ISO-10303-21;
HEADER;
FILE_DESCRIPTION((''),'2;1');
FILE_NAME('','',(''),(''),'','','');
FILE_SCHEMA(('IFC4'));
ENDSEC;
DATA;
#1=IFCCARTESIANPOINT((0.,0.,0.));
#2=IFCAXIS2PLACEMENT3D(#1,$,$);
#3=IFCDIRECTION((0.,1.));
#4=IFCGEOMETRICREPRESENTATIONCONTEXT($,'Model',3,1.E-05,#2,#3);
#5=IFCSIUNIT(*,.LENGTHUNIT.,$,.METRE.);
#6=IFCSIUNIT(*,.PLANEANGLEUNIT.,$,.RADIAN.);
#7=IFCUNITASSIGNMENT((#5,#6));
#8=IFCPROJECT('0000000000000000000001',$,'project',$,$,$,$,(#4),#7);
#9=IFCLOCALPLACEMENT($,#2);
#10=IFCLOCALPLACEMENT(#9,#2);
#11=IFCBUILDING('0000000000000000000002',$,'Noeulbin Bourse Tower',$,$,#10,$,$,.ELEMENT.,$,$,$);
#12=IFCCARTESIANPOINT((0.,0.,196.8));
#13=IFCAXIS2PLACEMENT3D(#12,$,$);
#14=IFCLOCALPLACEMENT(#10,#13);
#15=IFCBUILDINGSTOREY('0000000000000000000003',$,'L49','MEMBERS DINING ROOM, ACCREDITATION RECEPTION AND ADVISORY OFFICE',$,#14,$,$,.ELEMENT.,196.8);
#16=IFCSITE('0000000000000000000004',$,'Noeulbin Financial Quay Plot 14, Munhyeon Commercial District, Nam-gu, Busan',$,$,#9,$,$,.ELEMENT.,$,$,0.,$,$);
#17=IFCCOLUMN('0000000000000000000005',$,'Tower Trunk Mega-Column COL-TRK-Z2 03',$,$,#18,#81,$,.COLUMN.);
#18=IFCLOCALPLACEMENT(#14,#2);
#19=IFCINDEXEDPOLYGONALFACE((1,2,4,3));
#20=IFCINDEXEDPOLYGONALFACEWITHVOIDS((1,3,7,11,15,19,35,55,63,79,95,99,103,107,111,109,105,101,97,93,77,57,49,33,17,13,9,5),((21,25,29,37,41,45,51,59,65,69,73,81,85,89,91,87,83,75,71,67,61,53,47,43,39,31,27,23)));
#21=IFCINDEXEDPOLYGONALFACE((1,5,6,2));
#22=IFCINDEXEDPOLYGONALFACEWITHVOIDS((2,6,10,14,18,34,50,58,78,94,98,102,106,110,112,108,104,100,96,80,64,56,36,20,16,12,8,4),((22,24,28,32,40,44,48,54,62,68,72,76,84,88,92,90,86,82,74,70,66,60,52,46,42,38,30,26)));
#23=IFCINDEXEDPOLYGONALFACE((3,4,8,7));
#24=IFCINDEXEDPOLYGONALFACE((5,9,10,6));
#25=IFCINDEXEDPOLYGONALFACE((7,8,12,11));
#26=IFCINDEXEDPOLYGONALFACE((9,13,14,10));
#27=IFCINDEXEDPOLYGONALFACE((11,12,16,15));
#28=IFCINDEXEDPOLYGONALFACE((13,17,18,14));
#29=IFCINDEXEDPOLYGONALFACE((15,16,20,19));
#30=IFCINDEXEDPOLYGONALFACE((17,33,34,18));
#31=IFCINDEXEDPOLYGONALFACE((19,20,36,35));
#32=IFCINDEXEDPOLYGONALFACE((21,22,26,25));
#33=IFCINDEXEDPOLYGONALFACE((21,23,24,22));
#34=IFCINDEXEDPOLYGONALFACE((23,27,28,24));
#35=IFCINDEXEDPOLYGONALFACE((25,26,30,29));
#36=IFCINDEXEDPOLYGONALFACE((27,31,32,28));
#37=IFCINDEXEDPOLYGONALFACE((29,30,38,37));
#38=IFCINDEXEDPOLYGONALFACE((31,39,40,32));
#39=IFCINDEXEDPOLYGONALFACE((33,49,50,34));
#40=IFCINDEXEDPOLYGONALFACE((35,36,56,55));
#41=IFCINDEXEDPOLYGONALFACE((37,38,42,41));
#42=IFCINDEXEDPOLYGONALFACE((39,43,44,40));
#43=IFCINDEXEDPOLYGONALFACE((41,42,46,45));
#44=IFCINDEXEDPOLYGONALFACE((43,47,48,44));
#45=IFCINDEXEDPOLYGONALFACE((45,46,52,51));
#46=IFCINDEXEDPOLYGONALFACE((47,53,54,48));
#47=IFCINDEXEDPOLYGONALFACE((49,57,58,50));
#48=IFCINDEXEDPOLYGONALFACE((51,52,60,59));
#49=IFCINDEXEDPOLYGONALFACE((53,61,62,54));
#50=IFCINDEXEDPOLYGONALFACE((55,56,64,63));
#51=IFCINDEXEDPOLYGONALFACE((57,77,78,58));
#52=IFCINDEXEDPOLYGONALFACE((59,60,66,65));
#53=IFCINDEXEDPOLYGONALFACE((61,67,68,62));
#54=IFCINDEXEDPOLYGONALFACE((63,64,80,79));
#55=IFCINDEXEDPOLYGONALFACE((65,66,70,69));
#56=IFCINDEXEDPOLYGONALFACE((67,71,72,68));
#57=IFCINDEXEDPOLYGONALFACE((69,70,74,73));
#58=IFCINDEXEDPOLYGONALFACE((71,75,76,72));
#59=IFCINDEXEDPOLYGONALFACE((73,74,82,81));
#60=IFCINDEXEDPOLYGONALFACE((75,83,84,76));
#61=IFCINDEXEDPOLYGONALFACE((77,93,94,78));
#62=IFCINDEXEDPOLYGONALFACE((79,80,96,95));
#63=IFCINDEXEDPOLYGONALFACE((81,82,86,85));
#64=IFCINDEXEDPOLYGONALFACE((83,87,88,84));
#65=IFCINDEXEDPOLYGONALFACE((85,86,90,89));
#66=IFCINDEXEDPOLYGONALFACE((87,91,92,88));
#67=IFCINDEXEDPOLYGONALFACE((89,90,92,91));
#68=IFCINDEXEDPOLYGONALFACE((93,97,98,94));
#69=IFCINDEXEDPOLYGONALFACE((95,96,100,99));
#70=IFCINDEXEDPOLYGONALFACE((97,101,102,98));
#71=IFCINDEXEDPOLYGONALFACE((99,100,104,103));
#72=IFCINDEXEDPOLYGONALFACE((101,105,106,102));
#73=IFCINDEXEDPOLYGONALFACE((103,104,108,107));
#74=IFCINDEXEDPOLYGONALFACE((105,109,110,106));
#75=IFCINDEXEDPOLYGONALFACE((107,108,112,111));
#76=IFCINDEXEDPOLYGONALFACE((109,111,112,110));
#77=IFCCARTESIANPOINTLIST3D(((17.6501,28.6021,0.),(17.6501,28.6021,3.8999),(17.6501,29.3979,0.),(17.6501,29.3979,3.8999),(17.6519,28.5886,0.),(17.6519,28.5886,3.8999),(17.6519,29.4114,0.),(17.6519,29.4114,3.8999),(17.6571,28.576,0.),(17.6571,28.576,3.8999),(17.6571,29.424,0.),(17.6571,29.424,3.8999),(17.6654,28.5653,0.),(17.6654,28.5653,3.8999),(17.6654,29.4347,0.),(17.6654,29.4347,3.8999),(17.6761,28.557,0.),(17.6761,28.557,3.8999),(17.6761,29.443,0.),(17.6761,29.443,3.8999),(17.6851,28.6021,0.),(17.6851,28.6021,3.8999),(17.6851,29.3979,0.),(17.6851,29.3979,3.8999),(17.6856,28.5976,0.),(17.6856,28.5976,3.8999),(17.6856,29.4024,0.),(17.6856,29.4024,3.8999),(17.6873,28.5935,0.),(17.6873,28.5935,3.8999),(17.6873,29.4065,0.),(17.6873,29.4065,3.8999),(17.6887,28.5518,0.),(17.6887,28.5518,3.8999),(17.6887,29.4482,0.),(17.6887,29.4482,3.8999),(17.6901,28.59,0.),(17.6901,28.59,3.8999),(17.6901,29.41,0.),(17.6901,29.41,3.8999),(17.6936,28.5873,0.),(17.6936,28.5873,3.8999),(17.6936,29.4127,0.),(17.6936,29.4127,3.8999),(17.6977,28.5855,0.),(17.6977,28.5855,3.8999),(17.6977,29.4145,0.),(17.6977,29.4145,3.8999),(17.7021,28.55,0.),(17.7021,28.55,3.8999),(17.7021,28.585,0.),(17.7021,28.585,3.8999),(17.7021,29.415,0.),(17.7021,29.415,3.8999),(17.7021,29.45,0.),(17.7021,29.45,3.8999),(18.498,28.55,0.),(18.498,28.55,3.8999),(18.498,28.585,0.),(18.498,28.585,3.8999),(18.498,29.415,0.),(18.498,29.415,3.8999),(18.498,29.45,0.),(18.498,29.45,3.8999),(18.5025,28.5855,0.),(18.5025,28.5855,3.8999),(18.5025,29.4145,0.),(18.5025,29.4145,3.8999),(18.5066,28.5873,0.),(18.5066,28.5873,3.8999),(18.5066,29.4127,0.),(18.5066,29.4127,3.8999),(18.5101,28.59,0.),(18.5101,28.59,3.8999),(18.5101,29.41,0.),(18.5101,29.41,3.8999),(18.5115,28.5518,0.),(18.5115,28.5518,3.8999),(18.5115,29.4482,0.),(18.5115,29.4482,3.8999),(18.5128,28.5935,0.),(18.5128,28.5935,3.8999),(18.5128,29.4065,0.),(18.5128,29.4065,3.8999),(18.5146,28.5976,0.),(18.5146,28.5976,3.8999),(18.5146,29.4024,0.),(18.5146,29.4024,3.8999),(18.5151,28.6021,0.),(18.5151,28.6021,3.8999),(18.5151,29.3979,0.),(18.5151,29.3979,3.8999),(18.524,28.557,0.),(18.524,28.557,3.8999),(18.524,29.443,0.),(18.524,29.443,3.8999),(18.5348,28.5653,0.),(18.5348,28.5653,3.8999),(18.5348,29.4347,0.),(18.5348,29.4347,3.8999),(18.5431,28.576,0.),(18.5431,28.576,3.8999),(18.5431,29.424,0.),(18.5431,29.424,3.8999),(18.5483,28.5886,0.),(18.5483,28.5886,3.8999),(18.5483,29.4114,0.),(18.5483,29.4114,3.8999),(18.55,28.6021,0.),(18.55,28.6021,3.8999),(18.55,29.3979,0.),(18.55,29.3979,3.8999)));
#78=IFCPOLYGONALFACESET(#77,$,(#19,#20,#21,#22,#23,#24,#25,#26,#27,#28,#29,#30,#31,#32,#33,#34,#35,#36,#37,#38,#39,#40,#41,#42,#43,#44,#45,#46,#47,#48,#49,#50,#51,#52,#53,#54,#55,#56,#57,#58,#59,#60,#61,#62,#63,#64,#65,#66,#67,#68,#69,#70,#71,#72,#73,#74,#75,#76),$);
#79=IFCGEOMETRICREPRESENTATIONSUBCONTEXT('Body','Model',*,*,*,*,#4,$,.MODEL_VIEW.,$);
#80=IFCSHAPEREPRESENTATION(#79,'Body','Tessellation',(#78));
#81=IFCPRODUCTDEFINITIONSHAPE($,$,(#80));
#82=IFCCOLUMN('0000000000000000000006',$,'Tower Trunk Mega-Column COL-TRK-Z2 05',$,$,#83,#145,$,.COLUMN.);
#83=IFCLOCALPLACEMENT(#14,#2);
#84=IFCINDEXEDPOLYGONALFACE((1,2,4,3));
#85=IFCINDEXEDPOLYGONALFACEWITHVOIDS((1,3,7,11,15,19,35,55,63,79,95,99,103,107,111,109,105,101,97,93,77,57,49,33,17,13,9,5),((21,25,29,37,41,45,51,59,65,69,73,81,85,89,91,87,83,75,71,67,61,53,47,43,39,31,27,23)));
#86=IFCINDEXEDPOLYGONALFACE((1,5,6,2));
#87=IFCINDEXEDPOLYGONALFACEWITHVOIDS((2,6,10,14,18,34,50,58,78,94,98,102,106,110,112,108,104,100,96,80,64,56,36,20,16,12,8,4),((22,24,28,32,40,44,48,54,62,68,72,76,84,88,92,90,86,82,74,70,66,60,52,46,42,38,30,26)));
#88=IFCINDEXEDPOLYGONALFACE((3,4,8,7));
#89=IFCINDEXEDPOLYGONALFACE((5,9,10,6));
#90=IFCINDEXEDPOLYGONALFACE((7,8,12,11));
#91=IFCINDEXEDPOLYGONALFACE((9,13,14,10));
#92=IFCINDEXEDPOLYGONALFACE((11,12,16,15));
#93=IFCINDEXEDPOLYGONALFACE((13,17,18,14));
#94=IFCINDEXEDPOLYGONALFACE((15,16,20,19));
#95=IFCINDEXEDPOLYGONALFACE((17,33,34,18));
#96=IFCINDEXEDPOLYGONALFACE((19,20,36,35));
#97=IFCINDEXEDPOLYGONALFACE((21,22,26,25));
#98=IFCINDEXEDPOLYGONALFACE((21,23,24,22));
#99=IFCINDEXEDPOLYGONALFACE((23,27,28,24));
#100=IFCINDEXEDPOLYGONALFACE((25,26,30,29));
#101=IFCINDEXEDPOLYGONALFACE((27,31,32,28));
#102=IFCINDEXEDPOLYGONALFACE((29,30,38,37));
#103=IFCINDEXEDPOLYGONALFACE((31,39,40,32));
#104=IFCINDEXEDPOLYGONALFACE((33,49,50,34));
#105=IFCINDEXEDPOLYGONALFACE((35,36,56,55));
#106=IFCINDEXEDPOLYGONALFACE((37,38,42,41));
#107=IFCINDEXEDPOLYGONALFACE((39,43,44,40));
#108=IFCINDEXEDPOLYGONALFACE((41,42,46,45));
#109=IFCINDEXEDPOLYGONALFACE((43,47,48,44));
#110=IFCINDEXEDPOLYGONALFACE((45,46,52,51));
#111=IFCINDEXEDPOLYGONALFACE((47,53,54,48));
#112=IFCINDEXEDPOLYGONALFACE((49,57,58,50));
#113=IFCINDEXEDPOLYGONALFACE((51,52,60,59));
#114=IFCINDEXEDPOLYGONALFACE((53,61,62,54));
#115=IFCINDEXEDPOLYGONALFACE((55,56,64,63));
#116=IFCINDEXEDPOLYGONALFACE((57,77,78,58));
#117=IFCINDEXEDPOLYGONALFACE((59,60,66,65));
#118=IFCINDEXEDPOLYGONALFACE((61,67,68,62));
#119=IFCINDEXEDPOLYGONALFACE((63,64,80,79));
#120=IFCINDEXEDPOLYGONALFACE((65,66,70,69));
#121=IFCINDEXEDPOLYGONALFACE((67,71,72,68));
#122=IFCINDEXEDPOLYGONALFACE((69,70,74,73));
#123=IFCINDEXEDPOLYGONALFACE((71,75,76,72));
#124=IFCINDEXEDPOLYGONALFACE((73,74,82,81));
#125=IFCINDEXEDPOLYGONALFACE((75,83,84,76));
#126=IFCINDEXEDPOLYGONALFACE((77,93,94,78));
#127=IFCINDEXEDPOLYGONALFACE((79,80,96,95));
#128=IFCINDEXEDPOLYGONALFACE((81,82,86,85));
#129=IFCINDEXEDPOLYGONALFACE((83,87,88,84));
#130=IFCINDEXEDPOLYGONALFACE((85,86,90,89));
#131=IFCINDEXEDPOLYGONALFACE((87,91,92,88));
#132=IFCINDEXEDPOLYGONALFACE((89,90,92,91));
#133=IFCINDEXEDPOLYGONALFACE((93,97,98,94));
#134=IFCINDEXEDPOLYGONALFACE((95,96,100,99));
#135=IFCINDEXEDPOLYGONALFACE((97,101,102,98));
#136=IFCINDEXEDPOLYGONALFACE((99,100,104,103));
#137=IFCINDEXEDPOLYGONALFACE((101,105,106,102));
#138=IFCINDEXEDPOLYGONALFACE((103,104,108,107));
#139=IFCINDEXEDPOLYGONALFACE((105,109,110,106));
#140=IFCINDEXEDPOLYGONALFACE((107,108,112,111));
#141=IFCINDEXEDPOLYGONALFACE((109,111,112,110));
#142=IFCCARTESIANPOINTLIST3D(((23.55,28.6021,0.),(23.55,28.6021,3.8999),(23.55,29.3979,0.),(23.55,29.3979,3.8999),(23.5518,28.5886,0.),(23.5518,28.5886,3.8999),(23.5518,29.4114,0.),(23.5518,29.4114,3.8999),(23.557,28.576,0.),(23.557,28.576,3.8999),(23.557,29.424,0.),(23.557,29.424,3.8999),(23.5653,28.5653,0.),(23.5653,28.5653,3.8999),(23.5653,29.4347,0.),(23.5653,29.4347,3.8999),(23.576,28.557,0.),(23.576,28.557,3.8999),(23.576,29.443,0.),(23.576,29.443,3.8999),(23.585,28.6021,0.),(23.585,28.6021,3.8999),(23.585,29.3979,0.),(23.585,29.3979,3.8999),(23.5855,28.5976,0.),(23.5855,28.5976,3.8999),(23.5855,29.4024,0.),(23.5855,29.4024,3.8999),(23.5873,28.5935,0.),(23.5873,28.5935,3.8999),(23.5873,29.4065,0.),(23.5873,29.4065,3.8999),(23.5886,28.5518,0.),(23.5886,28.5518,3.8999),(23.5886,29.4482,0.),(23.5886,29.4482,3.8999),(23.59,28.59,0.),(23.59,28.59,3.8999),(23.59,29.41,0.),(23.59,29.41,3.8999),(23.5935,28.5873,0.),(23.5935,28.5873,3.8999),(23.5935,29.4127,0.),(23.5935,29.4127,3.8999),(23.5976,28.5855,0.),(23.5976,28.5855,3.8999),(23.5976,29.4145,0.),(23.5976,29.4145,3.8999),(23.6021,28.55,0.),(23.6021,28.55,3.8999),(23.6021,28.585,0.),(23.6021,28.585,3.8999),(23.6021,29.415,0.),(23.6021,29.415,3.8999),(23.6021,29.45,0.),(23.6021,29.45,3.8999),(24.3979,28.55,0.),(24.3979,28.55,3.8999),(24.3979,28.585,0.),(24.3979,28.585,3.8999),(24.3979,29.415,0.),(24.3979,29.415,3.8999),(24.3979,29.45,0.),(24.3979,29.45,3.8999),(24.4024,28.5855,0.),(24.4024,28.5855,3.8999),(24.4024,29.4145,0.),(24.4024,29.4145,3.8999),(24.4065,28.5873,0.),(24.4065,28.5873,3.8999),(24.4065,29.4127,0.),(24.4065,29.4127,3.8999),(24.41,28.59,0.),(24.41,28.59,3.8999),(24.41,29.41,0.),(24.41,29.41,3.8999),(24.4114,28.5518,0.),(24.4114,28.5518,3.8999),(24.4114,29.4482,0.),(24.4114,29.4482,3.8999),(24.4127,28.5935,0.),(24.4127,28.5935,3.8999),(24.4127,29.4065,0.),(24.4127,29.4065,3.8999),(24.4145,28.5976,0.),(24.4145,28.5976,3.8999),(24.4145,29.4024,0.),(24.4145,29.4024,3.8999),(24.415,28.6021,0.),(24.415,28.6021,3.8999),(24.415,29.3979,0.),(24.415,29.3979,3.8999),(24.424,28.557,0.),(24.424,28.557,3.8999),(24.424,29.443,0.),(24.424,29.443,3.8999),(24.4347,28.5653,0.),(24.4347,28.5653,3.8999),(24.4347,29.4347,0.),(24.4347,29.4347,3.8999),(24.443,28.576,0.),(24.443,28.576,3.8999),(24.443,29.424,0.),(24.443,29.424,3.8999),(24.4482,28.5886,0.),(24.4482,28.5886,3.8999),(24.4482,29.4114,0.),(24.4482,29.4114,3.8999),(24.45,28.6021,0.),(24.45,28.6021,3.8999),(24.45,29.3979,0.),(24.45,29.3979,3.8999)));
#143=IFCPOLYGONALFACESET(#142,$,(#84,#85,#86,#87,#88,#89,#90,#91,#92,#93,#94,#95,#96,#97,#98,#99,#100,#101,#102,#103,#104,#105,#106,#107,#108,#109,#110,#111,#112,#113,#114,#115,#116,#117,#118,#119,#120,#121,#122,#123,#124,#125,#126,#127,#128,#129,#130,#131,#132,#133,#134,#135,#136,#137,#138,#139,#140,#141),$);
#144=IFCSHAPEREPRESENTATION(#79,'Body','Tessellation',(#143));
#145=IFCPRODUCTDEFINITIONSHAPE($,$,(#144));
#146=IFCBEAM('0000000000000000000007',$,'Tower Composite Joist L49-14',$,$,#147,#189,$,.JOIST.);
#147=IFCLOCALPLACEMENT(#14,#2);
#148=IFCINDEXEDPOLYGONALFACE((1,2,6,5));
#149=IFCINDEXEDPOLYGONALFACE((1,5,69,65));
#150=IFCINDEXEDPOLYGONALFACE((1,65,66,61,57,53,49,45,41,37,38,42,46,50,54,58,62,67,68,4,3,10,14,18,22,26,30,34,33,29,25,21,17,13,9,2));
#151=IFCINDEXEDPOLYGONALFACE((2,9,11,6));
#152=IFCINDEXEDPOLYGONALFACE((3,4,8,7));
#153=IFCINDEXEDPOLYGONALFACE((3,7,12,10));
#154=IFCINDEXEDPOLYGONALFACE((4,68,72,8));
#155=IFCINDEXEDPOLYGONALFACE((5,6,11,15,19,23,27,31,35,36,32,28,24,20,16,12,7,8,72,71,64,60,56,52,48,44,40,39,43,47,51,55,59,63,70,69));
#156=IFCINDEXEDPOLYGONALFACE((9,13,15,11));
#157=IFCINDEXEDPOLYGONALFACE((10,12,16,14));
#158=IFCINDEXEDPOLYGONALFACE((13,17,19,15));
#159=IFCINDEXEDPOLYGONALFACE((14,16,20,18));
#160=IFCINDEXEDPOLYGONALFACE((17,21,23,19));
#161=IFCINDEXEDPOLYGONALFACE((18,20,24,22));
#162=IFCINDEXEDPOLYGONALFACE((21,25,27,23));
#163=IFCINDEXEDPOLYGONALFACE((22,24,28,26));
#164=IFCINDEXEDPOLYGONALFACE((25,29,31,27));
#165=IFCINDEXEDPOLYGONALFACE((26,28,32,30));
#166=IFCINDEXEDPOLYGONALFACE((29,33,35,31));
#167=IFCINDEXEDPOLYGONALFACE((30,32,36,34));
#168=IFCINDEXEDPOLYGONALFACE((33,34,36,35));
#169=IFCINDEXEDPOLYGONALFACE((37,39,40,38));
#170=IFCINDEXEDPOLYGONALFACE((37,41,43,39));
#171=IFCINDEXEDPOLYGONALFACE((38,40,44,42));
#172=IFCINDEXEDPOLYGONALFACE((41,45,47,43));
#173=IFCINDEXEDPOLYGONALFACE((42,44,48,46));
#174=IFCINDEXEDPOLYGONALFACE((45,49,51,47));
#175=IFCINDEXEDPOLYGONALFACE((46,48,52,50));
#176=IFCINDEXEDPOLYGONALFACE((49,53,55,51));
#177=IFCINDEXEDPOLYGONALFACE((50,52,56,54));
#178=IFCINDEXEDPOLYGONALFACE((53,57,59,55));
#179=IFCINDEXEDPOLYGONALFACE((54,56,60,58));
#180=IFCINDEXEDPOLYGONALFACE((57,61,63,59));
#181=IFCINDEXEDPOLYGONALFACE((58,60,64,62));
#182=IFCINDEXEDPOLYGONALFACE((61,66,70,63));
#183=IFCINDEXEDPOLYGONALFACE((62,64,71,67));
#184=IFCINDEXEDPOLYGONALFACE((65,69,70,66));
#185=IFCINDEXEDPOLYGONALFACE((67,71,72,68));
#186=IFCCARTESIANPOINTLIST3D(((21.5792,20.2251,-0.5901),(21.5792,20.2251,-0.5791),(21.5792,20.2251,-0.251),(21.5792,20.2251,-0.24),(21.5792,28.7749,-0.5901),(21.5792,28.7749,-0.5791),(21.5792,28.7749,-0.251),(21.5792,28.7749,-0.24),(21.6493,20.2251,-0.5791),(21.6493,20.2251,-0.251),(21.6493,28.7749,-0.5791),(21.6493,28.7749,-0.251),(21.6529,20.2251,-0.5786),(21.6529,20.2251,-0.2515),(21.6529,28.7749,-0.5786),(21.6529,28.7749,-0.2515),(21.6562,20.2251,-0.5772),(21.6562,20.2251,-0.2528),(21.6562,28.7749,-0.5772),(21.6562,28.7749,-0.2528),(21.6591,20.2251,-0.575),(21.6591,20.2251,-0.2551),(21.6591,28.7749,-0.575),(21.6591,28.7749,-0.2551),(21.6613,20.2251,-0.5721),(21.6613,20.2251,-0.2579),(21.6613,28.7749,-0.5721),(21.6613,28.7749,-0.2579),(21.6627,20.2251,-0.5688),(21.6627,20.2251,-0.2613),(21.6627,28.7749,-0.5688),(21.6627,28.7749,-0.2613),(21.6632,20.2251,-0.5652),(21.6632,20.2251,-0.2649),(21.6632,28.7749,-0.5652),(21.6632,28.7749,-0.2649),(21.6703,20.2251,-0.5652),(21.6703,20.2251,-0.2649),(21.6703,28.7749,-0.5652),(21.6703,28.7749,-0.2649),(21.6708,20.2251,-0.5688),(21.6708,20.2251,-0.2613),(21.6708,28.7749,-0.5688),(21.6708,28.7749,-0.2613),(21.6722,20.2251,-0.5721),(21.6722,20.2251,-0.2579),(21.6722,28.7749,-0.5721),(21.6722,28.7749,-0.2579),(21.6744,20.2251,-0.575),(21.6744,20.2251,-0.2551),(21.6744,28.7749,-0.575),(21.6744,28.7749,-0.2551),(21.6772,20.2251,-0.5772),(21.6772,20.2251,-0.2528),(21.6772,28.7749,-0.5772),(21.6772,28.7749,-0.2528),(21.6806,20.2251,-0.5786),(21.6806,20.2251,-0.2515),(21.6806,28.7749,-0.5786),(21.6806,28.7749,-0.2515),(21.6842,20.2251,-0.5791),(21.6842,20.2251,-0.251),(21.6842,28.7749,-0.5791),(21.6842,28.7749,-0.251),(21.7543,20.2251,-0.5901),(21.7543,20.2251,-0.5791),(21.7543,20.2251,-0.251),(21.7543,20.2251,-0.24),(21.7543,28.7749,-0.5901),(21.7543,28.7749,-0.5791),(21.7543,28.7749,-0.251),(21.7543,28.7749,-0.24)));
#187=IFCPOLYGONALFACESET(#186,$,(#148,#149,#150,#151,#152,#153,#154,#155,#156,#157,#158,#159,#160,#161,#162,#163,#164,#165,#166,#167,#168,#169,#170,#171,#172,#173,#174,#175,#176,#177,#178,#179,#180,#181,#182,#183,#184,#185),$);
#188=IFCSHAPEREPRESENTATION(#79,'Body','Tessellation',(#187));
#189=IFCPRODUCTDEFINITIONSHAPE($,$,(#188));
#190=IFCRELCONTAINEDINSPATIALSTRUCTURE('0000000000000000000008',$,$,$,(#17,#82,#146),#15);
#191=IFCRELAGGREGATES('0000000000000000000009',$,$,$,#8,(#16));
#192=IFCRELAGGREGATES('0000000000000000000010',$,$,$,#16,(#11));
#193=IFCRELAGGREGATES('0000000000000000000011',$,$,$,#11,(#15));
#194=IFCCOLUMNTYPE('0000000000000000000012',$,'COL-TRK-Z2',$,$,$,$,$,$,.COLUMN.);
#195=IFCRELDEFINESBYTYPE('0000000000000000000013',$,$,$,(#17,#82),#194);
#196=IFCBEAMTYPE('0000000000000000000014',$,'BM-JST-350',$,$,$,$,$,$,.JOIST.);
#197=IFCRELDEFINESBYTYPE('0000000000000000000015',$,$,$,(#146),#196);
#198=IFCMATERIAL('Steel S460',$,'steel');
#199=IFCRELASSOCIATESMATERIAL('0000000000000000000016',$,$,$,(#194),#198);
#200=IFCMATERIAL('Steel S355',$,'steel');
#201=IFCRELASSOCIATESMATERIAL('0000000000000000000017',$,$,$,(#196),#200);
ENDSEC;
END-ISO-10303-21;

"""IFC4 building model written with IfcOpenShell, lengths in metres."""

from ifc_helpers import new_model, si_unit, direction, frame, origin, origin_2d, place, context, subcontext, project, spatial, hollow_rectangle, i_section, extrude, material, material_profile, profile_set, type_object, element, save


model = new_model("IFC4")

# Units and contexts
model_context = context("Model", 3, precision=1e-05, world=origin(), true_north=direction((0.0, 1.0)))
body_context = subcontext(model_context, "Body", "Model", "MODEL_VIEW")
ifc_project = project(units=[si_unit("LENGTHUNIT", "METRE"), si_unit("PLANEANGLEUNIT", "RADIAN")], contexts=[model_context])

# Site, building, storey
site_placement = place(None, origin())
site = spatial("IfcSite", under=ifc_project, at=site_placement, Name="Noeulbin Financial Quay Plot 14, Munhyeon Commercial District, Nam-gu, Busan", CompositionType="ELEMENT", RefElevation=0.0)
building_placement = place(site_placement, origin())
building = spatial("IfcBuilding", under=site, at=building_placement, Name="Noeulbin Bourse Tower", CompositionType="ELEMENT")
storey_placement = place(building_placement, frame((0.0, 0.0, 196.8)))
storey = spatial("IfcBuildingStorey", under=building, at=storey_placement, Name="L49", Description="MEMBERS DINING ROOM, ACCREDITATION RECEPTION AND ADVISORY OFFICE", CompositionType="ELEMENT", Elevation=196.8)

# Columns
ifc_material_1 = material(Name="Steel S460", Category="steel")
ifc_material_profile_1 = material_profile(ifc_material_1, hollow_rectangle(XDim=0.8999, YDim=0.8999, WallThickness=0.0349, InnerFilletRadius=0.0171, OuterFilletRadius=0.052, at=origin_2d()), Name="BOX-900x900x35", Category="LoadBearing")
ifc_profile_set_1 = profile_set([ifc_material_profile_1], Name="Steel S460")
column_type = type_object("IfcColumnType", Name="COL-TRK-Z2", PredefinedType="COLUMN", material=ifc_profile_set_1)
for number, where, z_axis, x_axis, name in (
    (1, (18.1001, 29.0, 0.0), (0.0, 0.0, 1.0), (1.0, 0.0, 0.0), "Tower Trunk Mega-Column COL-TRK-Z2 03"),
    (2, (24.0, 29.0, 0.0), (0.0, 0.0, 1.0), (1.0, 0.0, 0.0), "Tower Trunk Mega-Column COL-TRK-Z2 05"),
):
    element("IfcColumn", number, at=place(storey_placement, frame(where, z_axis=z_axis, x_axis=x_axis)), inside=storey, type_object=column_type, Name=name, PredefinedType="COLUMN", context=body_context, shape_type="SweptSolid", body=[
        extrude(hollow_rectangle(XDim=0.8999, YDim=0.8999, WallThickness=0.0349, InnerFilletRadius=0.0171, OuterFilletRadius=0.052, at=origin_2d()), origin(), (0.0, 0.0, 1.0), 3.8999),
    ])

# Beam
ifc_material_2 = material(Name="Steel S355", Category="steel")
ifc_material_profile_2 = material_profile(ifc_material_2, i_section(OverallWidth=0.175, OverallDepth=0.3501, WebThickness=0.0071, FlangeThickness=0.011, FilletRadius=0.0139, at=origin_2d()), Name="H-350x175x7x11", Category="LoadBearing")
ifc_profile_set_2 = profile_set([ifc_material_profile_2], Name="Steel S355")
beam_type_1 = type_object("IfcBeamType", Name="BM-JST-350", PredefinedType="JOIST", material=ifc_profile_set_2)
for number, where, z_axis, x_axis, name in (
    (3, (21.6667, 20.2251, -0.415), (0.0, 1.0, 0.0), (-1.0, 0.0, 0.0), "Tower Composite Joist L49-14"),
):
    element("IfcBeam", number, at=place(storey_placement, frame(where, z_axis=z_axis, x_axis=x_axis)), inside=storey, type_object=beam_type_1, Name=name, PredefinedType="JOIST", context=body_context, shape_type="SweptSolid", body=[
        extrude(i_section(OverallWidth=0.175, OverallDepth=0.3501, WebThickness=0.0071, FlangeThickness=0.011, FilletRadius=0.0139, at=origin_2d()), origin(), (0.0, 0.0, 1.0), 8.5498),
    ])

save(model, "model.ifc")
